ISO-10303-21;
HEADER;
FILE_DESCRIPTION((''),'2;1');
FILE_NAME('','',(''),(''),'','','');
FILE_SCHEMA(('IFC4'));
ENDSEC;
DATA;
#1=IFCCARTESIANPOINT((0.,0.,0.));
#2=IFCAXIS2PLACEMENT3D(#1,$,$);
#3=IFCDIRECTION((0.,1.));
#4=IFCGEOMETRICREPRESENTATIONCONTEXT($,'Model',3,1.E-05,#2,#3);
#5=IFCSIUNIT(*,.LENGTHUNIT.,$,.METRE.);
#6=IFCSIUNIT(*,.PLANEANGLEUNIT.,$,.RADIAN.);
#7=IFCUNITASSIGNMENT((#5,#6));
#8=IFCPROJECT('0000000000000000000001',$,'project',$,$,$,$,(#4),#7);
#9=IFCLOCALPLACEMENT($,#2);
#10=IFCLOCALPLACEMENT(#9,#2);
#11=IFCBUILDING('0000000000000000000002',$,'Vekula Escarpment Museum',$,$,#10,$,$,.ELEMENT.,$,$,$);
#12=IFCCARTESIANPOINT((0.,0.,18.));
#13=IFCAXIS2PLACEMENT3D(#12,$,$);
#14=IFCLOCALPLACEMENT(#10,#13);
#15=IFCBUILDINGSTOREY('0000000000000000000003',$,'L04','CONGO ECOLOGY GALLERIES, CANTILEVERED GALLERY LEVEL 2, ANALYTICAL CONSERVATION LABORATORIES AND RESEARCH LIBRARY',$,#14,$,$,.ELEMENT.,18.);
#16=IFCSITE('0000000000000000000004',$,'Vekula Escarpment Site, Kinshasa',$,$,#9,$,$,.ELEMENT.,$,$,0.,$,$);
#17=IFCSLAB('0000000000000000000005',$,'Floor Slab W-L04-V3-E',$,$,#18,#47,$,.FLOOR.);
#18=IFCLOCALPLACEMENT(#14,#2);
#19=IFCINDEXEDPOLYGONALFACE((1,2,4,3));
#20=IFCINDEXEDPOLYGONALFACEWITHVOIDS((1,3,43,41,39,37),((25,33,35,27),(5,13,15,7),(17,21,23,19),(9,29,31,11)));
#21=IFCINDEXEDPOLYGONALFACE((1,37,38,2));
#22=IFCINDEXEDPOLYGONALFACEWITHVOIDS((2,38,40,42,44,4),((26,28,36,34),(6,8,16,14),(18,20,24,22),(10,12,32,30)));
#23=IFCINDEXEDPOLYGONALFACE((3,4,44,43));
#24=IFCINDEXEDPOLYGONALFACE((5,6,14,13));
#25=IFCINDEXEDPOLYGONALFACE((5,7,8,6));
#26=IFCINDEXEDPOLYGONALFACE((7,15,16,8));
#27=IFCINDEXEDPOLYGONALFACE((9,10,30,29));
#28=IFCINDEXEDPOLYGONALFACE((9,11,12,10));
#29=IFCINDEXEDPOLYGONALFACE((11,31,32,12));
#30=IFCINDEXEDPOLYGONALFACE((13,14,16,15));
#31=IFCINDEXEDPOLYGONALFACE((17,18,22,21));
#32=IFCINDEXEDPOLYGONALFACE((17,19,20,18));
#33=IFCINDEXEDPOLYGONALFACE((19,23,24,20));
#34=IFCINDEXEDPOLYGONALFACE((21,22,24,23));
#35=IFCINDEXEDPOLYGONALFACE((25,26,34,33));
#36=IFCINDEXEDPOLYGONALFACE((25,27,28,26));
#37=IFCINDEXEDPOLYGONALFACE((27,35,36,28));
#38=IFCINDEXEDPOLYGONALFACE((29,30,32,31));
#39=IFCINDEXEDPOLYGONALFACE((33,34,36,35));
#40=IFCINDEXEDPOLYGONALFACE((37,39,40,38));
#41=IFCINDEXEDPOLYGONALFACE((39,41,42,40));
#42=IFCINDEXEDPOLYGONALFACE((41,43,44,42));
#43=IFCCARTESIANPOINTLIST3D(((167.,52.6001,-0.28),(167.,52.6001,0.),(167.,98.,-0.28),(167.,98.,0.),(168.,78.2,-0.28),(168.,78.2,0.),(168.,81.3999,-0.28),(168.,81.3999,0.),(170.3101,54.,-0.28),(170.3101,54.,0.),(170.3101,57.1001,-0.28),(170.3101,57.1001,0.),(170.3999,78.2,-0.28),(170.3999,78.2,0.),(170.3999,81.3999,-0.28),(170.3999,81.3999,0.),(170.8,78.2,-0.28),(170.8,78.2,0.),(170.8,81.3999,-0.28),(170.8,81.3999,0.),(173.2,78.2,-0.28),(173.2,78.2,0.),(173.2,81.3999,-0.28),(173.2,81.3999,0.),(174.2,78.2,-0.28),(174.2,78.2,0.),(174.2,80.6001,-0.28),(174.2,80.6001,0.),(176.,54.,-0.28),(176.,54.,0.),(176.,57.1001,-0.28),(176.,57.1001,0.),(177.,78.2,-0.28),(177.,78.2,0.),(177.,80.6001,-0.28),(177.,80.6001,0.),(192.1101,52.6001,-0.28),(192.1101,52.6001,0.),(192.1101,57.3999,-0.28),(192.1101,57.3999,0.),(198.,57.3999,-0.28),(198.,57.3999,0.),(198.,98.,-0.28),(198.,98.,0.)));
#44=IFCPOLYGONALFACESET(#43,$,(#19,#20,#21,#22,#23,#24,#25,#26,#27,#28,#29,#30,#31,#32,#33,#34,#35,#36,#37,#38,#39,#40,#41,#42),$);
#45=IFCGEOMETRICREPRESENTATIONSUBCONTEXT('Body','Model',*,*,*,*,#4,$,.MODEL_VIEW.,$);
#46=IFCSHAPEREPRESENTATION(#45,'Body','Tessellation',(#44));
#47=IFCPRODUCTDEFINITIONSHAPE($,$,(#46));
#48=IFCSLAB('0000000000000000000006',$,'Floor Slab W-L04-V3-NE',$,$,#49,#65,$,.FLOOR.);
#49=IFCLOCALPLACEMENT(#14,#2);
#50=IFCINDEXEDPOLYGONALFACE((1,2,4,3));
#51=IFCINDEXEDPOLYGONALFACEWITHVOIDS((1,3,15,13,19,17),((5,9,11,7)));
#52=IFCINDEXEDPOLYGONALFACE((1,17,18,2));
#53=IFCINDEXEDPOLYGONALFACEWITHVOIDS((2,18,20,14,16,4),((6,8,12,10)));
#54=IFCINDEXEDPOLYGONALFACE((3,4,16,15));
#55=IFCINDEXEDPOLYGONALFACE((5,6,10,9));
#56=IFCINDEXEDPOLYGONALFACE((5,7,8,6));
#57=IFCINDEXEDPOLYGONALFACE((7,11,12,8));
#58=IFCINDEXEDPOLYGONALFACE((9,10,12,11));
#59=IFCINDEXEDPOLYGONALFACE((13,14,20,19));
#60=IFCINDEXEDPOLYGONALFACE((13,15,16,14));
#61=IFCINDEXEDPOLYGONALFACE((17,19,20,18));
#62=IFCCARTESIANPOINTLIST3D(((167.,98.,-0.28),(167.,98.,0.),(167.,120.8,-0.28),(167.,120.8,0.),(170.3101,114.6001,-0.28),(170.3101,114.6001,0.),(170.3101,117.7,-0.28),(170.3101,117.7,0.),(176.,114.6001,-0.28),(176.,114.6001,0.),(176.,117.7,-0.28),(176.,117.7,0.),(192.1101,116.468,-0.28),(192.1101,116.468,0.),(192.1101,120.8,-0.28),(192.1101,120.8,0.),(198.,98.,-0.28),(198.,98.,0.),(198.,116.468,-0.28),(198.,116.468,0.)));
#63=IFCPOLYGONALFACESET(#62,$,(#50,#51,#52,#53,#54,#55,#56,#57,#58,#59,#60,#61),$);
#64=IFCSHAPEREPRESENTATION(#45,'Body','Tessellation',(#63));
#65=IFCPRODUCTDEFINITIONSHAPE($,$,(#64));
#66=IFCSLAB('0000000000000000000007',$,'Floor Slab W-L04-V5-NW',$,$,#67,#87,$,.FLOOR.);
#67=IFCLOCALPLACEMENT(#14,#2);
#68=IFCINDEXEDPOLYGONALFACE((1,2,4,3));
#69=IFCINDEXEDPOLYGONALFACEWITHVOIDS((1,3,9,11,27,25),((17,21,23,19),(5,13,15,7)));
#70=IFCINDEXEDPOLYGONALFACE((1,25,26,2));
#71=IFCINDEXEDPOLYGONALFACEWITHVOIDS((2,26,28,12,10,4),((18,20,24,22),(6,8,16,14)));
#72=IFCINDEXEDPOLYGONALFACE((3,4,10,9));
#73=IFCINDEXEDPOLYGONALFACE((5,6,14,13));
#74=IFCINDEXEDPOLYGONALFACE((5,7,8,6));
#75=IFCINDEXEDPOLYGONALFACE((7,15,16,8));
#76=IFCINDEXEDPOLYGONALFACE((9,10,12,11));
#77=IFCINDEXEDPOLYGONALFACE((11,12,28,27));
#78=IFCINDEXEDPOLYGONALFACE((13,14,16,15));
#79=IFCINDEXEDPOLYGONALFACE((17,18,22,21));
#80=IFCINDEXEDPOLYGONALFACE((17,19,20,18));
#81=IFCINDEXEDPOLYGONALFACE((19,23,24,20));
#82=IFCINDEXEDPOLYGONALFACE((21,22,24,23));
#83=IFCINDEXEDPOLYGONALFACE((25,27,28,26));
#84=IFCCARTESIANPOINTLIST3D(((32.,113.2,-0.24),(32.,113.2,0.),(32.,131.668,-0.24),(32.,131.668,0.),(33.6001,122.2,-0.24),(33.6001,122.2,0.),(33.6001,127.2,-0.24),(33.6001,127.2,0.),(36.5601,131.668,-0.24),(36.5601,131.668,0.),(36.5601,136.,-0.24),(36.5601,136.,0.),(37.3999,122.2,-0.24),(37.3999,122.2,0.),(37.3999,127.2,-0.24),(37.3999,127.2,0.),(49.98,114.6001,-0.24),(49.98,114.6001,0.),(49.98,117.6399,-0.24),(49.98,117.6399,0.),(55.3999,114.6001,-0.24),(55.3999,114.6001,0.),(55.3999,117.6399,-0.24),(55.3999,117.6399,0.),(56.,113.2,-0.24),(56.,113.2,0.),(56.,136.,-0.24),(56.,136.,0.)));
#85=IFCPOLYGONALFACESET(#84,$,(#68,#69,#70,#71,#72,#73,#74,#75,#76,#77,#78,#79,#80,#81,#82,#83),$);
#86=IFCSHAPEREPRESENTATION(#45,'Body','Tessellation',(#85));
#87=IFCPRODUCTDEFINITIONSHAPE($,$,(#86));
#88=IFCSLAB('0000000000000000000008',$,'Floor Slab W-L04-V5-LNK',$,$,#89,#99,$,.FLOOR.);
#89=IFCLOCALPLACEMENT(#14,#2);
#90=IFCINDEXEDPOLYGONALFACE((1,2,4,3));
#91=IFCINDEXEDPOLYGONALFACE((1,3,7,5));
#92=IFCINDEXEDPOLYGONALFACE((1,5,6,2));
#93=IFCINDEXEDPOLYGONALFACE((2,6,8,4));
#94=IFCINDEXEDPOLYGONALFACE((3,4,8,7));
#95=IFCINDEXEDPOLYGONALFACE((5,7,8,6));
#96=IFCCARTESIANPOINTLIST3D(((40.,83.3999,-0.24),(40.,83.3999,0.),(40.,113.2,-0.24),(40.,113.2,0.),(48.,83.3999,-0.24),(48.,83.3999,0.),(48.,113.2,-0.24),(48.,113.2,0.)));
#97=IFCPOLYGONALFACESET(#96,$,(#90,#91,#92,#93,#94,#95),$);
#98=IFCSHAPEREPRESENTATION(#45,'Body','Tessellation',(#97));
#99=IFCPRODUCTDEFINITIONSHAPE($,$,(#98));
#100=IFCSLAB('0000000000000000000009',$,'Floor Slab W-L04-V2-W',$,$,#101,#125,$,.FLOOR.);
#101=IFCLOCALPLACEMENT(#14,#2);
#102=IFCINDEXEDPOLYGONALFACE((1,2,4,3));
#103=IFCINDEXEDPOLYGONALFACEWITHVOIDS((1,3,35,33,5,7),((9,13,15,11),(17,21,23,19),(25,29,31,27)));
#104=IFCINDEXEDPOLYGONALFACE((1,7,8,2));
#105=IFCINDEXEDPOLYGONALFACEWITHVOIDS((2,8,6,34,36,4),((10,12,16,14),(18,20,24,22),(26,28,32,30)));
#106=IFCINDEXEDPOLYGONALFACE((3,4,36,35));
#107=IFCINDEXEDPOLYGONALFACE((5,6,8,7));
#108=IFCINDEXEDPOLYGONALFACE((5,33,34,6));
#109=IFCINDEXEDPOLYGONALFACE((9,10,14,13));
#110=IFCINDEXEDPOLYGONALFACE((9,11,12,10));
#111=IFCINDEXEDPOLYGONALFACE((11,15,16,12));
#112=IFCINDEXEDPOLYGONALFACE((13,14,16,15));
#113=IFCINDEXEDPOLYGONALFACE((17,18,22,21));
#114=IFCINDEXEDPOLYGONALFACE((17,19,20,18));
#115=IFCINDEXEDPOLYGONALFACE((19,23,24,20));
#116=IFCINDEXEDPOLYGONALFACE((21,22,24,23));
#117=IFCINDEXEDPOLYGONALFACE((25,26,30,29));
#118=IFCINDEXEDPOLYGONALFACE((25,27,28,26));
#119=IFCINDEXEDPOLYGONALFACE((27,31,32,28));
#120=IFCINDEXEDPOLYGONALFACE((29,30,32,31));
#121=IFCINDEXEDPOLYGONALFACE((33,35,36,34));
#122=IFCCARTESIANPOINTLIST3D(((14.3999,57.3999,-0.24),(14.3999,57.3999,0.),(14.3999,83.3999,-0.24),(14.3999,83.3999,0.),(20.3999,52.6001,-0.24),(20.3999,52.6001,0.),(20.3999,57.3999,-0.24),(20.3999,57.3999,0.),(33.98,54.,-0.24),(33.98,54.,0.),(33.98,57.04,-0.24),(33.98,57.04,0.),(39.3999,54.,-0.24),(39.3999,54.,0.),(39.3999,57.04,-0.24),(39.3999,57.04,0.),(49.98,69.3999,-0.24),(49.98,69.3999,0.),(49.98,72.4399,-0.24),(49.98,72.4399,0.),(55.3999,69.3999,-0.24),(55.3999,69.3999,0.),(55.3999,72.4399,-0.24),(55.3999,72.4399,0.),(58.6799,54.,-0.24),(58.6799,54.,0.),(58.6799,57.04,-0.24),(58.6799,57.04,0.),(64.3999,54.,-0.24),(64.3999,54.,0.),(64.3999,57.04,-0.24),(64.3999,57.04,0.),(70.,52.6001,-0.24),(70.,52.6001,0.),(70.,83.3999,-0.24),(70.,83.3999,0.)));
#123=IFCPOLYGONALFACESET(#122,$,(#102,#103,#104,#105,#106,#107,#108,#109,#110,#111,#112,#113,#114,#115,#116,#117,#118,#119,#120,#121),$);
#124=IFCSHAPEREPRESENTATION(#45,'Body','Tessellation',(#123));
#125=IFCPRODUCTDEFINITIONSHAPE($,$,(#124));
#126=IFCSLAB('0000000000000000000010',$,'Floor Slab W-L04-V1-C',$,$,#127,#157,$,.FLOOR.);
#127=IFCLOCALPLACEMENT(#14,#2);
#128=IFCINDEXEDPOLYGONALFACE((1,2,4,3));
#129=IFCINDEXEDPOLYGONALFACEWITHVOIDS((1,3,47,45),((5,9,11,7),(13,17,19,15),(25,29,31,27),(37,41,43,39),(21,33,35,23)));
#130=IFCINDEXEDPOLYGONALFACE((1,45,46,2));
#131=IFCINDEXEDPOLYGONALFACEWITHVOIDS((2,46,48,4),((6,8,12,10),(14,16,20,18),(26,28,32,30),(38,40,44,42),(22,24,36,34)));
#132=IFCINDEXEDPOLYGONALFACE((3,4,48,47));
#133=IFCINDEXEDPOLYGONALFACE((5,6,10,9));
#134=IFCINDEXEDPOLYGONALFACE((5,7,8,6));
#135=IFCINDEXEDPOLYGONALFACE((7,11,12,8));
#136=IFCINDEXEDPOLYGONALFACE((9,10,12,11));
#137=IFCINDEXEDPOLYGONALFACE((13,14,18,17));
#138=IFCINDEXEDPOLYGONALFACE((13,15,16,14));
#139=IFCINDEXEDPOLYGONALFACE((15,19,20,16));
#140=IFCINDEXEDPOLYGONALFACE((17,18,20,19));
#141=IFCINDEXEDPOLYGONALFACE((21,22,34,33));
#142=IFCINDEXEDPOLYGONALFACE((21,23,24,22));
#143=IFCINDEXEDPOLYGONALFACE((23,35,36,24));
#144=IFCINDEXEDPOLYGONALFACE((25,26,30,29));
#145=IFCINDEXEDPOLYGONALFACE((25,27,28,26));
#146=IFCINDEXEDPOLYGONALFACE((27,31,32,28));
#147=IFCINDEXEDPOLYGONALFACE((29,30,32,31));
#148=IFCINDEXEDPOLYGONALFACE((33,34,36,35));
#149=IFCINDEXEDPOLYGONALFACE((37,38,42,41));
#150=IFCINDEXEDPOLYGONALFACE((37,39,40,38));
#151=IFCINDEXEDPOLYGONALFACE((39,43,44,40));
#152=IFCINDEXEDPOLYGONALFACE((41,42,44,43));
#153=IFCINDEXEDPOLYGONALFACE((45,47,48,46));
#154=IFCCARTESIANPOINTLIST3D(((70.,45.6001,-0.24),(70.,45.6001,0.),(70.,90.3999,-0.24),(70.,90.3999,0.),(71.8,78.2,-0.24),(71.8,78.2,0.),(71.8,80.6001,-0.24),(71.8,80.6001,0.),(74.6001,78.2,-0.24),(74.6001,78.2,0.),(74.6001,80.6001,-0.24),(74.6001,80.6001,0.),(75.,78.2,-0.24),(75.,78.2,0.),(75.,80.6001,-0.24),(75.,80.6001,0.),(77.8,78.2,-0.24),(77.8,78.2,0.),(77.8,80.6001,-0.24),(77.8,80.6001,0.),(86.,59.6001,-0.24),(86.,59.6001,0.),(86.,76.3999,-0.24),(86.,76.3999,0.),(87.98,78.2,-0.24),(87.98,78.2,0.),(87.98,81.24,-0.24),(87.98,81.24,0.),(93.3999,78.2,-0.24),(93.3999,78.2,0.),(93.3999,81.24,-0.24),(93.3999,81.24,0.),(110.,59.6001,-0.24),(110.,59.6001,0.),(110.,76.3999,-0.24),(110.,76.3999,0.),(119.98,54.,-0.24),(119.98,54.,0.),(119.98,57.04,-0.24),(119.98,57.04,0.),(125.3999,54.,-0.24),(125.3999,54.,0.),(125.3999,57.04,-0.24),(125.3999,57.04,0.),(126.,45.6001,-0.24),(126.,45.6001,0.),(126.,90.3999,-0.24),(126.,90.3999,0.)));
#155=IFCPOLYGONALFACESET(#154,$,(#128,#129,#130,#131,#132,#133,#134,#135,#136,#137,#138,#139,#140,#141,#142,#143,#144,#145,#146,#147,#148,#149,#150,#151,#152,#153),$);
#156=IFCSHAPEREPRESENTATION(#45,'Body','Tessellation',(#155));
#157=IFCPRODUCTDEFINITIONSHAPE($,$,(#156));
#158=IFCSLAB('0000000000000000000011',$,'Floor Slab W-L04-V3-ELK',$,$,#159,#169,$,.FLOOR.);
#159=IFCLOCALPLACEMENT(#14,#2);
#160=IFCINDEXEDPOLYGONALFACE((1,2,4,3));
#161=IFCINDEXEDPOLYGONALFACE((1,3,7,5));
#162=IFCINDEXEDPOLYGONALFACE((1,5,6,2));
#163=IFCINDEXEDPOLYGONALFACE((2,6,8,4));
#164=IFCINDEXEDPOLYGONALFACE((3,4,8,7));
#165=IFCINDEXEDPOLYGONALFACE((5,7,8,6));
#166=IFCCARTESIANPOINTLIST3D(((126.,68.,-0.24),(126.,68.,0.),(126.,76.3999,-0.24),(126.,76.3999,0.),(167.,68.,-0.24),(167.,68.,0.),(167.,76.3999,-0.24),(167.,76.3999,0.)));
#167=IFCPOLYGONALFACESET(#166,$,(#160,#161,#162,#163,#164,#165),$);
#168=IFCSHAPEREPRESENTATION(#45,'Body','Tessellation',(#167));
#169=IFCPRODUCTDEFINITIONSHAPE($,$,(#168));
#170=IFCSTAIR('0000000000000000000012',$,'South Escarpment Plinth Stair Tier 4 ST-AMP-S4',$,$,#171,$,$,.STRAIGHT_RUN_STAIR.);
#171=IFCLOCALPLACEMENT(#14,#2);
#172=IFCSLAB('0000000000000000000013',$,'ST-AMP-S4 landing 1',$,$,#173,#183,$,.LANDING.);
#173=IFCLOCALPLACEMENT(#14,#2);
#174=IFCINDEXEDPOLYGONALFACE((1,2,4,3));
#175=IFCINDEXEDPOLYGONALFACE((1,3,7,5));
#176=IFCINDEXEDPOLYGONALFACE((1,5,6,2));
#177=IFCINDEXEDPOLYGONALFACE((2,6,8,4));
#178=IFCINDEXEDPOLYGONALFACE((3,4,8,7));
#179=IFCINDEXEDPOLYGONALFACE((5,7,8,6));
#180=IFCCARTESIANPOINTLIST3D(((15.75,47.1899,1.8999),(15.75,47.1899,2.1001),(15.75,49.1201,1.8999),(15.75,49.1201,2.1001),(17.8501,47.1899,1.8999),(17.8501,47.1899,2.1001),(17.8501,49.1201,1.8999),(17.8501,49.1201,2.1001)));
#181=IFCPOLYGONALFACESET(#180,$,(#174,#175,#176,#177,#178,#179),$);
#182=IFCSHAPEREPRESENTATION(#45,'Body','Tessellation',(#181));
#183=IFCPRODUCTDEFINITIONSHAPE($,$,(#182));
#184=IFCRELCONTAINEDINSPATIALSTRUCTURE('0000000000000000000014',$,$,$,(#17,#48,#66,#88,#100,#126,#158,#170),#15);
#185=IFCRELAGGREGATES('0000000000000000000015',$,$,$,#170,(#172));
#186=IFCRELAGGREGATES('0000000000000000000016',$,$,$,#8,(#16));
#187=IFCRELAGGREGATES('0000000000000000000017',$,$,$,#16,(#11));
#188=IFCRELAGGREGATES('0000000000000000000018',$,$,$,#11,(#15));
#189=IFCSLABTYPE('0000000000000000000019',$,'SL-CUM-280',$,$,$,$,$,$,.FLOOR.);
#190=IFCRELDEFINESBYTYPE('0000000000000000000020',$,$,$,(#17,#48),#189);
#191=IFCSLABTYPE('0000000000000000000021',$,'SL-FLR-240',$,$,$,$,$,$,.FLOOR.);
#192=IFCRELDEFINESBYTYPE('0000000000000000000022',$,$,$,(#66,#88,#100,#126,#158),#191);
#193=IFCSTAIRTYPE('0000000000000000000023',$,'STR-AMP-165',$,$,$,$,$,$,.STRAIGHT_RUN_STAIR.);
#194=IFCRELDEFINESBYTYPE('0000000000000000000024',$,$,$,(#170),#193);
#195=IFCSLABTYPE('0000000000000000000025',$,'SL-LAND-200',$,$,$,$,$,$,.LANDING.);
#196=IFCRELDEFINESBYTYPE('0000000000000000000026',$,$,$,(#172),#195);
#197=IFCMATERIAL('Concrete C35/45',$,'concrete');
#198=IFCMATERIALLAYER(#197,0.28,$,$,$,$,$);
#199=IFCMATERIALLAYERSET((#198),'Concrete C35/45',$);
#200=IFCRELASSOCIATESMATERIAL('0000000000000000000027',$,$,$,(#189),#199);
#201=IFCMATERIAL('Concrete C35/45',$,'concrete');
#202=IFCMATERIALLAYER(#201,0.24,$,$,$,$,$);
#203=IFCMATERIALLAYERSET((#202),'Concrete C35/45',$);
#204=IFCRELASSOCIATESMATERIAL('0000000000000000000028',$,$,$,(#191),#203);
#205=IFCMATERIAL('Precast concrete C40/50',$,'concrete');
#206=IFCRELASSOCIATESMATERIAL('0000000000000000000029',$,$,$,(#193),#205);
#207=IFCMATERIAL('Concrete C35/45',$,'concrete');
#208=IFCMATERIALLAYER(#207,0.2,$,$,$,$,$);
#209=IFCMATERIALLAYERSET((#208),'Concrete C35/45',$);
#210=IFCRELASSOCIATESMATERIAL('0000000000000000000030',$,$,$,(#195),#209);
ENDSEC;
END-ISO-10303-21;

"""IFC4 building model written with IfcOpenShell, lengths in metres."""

from ifc_helpers import new_model, si_unit, direction, frame, origin, place, context, subcontext, project, spatial, polyline, outline, extrude, material, layer, layer_set, type_object, element, aggregate, save


model = new_model("IFC4")

# Units and contexts
model_context = context("Model", 3, precision=1e-05, world=origin(), true_north=direction((0.0, 1.0)))
body_context = subcontext(model_context, "Body", "Model", "MODEL_VIEW")
ifc_project = project(units=[si_unit("LENGTHUNIT", "METRE"), si_unit("PLANEANGLEUNIT", "RADIAN")], contexts=[model_context])

# Site, building, storey
site_placement = place(None, origin())
site = spatial("IfcSite", under=ifc_project, at=site_placement, Name="Vekula Escarpment Site, Kinshasa", CompositionType="ELEMENT", RefElevation=0.0)
building_placement = place(site_placement, origin())
building = spatial("IfcBuilding", under=site, at=building_placement, Name="Vekula Escarpment Museum", CompositionType="ELEMENT")
storey_placement = place(building_placement, frame((0.0, 0.0, 18.0)))
storey = spatial("IfcBuildingStorey", under=building, at=storey_placement, Name="L04", Description="CONGO ECOLOGY GALLERIES, CANTILEVERED GALLERY LEVEL 2, ANALYTICAL CONSERVATION LABORATORIES AND RESEARCH LIBRARY", CompositionType="ELEMENT", Elevation=18.0)

# Slabs
ifc_material_1 = material(Name="Concrete C35/45", Category="concrete")
ifc_layer_1 = layer(ifc_material_1, 0.28)
ifc_layer_set_1 = layer_set([ifc_layer_1], Name="Concrete C35/45")
slab_type_1 = type_object("IfcSlabType", Name="SL-CUM-280", PredefinedType="FLOOR", material=ifc_layer_set_1)
slab_1_placement = place(storey_placement, frame((0.0, 0.0, -0.28)))
element("IfcSlab", 1, at=slab_1_placement, inside=storey, type_object=slab_type_1, Name="Floor Slab W-L04-V3-E", PredefinedType="FLOOR", context=body_context, shape_type="SweptSolid", body=[
    extrude(outline(polyline([(167.0, 52.6001), (192.1101, 52.6001), (192.1101, 57.3999), (198.0, 57.3999), (198.0, 98.0), (167.0, 98.0), (167.0, 52.6001)]), holes=[polyline([(170.3101, 54.0), (176.0, 54.0), (176.0, 57.1001), (170.3101, 57.1001), (170.3101, 54.0)]), polyline([(168.0, 78.2), (170.3999, 78.2), (170.3999, 81.3999), (168.0, 81.3999), (168.0, 78.2)]), polyline([(170.8, 78.2), (173.2, 78.2), (173.2, 81.3999), (170.8, 81.3999), (170.8, 78.2)]), polyline([(174.2, 78.2), (177.0, 78.2), (177.0, 80.6001), (174.2, 80.6001), (174.2, 78.2)])]), origin(), (0.0, 0.0, 1.0), 0.28),
])
slab_2_placement = place(storey_placement, frame((0.0, 0.0, -0.28)))
element("IfcSlab", 2, at=slab_2_placement, inside=storey, type_object=slab_type_1, Name="Floor Slab W-L04-V3-NE", PredefinedType="FLOOR", context=body_context, shape_type="SweptSolid", body=[
    extrude(outline(polyline([(167.0, 98.0), (198.0, 98.0), (198.0, 116.468), (192.1101, 116.468), (192.1101, 120.8), (167.0, 120.8), (167.0, 98.0)]), holes=[polyline([(170.3101, 114.6001), (176.0, 114.6001), (176.0, 117.7), (170.3101, 117.7), (170.3101, 114.6001)])]), origin(), (0.0, 0.0, 1.0), 0.28),
])
ifc_material_2 = material(Name="Concrete C35/45", Category="concrete")
ifc_layer_2 = layer(ifc_material_2, 0.24)
ifc_layer_set_2 = layer_set([ifc_layer_2], Name="Concrete C35/45")
slab_type_2 = type_object("IfcSlabType", Name="SL-FLR-240", PredefinedType="FLOOR", material=ifc_layer_set_2)
slab_3_placement = place(storey_placement, frame((0.0, 0.0, -0.24)))
element("IfcSlab", 3, at=slab_3_placement, inside=storey, type_object=slab_type_2, Name="Floor Slab W-L04-V5-NW", PredefinedType="FLOOR", context=body_context, shape_type="SweptSolid", body=[
    extrude(outline(polyline([(32.0, 113.2), (56.0, 113.2), (56.0, 136.0), (36.5601, 136.0), (36.5601, 131.668), (32.0, 131.668), (32.0, 113.2)]), holes=[polyline([(49.98, 114.6001), (55.3999, 114.6001), (55.3999, 117.6399), (49.98, 117.6399), (49.98, 114.6001)]), polyline([(33.6001, 122.2), (37.3999, 122.2), (37.3999, 127.2), (33.6001, 127.2), (33.6001, 122.2)])]), origin(), (0.0, 0.0, 1.0), 0.24),
])
slab_4_placement = place(storey_placement, frame((0.0, 0.0, -0.24)))
element("IfcSlab", 4, at=slab_4_placement, inside=storey, type_object=slab_type_2, Name="Floor Slab W-L04-V5-LNK", PredefinedType="FLOOR", context=body_context, shape_type="SweptSolid", body=[
    extrude(outline(polyline([(40.0, 83.3999), (48.0, 83.3999), (48.0, 113.2), (40.0, 113.2), (40.0, 83.3999)])), origin(), (0.0, 0.0, 1.0), 0.24),
])
slab_5_placement = place(storey_placement, frame((0.0, 0.0, -0.24)))
element("IfcSlab", 5, at=slab_5_placement, inside=storey, type_object=slab_type_2, Name="Floor Slab W-L04-V2-W", PredefinedType="FLOOR", context=body_context, shape_type="SweptSolid", body=[
    extrude(outline(polyline([(20.3999, 52.6001), (70.0, 52.6001), (70.0, 83.3999), (14.3999, 83.3999), (14.3999, 57.3999), (20.3999, 57.3999), (20.3999, 52.6001)]), holes=[polyline([(58.6799, 54.0), (64.3999, 54.0), (64.3999, 57.04), (58.6799, 57.04), (58.6799, 54.0)]), polyline([(33.98, 54.0), (39.3999, 54.0), (39.3999, 57.04), (33.98, 57.04), (33.98, 54.0)]), polyline([(49.98, 69.3999), (55.3999, 69.3999), (55.3999, 72.4399), (49.98, 72.4399), (49.98, 69.3999)])]), origin(), (0.0, 0.0, 1.0), 0.24),
])
slab_6_placement = place(storey_placement, frame((0.0, 0.0, -0.24)))
element("IfcSlab", 6, at=slab_6_placement, inside=storey, type_object=slab_type_2, Name="Floor Slab W-L04-V1-C", PredefinedType="FLOOR", context=body_context, shape_type="SweptSolid", body=[
    extrude(outline(polyline([(70.0, 45.6001), (126.0, 45.6001), (126.0, 90.3999), (70.0, 90.3999), (70.0, 45.6001)]), holes=[polyline([(86.0, 59.6001), (110.0, 59.6001), (110.0, 76.3999), (86.0, 76.3999), (86.0, 59.6001)]), polyline([(119.98, 54.0), (125.3999, 54.0), (125.3999, 57.04), (119.98, 57.04), (119.98, 54.0)]), polyline([(87.98, 78.2), (93.3999, 78.2), (93.3999, 81.24), (87.98, 81.24), (87.98, 78.2)]), polyline([(71.8, 78.2), (74.6001, 78.2), (74.6001, 80.6001), (71.8, 80.6001), (71.8, 78.2)]), polyline([(75.0, 78.2), (77.8, 78.2), (77.8, 80.6001), (75.0, 80.6001), (75.0, 78.2)])]), origin(), (0.0, 0.0, 1.0), 0.24),
])
slab_7_placement = place(storey_placement, frame((0.0, 0.0, -0.24)))
element("IfcSlab", 7, at=slab_7_placement, inside=storey, type_object=slab_type_2, Name="Floor Slab W-L04-V3-ELK", PredefinedType="FLOOR", context=body_context, shape_type="SweptSolid", body=[
    extrude(outline(polyline([(126.0, 68.0), (167.0, 68.0), (167.0, 76.3999), (126.0, 76.3999), (126.0, 68.0)])), origin(), (0.0, 0.0, 1.0), 0.24),
])

# Stair, slab
ifc_material_3 = material(Name="Precast concrete C40/50", Category="concrete")
stair_type_1 = type_object("IfcStairType", Name="STR-AMP-165", PredefinedType="STRAIGHT_RUN_STAIR", material=ifc_material_3)
stair_1_placement = place(storey_placement, origin())
stair_1 = element("IfcStair", 8, at=stair_1_placement, inside=storey, type_object=stair_type_1, Name="South Escarpment Plinth Stair Tier 4 ST-AMP-S4", PredefinedType="STRAIGHT_RUN_STAIR")
ifc_material_4 = material(Name="Concrete C35/45", Category="concrete")
ifc_layer_3 = layer(ifc_material_4, 0.2)
ifc_layer_set_3 = layer_set([ifc_layer_3], Name="Concrete C35/45")
slab_type_3 = type_object("IfcSlabType", Name="SL-LAND-200", PredefinedType="LANDING", material=ifc_layer_set_3)
slab_8_placement = place(storey_placement, frame((0.0, 0.0, 1.8999)))
slab_8 = element("IfcSlab", 9, at=slab_8_placement, type_object=slab_type_3, Name="ST-AMP-S4 landing 1", PredefinedType="LANDING", context=body_context, shape_type="SweptSolid", body=[
    extrude(outline(polyline([(15.75, 47.1899), (17.8501, 47.1899), (17.8501, 49.1201), (15.75, 49.1201), (15.75, 47.1899)])), origin(), (0.0, 0.0, 1.0), 0.2002),
])

aggregate(stair_1, [slab_8])

save(model, "model.ifc")
